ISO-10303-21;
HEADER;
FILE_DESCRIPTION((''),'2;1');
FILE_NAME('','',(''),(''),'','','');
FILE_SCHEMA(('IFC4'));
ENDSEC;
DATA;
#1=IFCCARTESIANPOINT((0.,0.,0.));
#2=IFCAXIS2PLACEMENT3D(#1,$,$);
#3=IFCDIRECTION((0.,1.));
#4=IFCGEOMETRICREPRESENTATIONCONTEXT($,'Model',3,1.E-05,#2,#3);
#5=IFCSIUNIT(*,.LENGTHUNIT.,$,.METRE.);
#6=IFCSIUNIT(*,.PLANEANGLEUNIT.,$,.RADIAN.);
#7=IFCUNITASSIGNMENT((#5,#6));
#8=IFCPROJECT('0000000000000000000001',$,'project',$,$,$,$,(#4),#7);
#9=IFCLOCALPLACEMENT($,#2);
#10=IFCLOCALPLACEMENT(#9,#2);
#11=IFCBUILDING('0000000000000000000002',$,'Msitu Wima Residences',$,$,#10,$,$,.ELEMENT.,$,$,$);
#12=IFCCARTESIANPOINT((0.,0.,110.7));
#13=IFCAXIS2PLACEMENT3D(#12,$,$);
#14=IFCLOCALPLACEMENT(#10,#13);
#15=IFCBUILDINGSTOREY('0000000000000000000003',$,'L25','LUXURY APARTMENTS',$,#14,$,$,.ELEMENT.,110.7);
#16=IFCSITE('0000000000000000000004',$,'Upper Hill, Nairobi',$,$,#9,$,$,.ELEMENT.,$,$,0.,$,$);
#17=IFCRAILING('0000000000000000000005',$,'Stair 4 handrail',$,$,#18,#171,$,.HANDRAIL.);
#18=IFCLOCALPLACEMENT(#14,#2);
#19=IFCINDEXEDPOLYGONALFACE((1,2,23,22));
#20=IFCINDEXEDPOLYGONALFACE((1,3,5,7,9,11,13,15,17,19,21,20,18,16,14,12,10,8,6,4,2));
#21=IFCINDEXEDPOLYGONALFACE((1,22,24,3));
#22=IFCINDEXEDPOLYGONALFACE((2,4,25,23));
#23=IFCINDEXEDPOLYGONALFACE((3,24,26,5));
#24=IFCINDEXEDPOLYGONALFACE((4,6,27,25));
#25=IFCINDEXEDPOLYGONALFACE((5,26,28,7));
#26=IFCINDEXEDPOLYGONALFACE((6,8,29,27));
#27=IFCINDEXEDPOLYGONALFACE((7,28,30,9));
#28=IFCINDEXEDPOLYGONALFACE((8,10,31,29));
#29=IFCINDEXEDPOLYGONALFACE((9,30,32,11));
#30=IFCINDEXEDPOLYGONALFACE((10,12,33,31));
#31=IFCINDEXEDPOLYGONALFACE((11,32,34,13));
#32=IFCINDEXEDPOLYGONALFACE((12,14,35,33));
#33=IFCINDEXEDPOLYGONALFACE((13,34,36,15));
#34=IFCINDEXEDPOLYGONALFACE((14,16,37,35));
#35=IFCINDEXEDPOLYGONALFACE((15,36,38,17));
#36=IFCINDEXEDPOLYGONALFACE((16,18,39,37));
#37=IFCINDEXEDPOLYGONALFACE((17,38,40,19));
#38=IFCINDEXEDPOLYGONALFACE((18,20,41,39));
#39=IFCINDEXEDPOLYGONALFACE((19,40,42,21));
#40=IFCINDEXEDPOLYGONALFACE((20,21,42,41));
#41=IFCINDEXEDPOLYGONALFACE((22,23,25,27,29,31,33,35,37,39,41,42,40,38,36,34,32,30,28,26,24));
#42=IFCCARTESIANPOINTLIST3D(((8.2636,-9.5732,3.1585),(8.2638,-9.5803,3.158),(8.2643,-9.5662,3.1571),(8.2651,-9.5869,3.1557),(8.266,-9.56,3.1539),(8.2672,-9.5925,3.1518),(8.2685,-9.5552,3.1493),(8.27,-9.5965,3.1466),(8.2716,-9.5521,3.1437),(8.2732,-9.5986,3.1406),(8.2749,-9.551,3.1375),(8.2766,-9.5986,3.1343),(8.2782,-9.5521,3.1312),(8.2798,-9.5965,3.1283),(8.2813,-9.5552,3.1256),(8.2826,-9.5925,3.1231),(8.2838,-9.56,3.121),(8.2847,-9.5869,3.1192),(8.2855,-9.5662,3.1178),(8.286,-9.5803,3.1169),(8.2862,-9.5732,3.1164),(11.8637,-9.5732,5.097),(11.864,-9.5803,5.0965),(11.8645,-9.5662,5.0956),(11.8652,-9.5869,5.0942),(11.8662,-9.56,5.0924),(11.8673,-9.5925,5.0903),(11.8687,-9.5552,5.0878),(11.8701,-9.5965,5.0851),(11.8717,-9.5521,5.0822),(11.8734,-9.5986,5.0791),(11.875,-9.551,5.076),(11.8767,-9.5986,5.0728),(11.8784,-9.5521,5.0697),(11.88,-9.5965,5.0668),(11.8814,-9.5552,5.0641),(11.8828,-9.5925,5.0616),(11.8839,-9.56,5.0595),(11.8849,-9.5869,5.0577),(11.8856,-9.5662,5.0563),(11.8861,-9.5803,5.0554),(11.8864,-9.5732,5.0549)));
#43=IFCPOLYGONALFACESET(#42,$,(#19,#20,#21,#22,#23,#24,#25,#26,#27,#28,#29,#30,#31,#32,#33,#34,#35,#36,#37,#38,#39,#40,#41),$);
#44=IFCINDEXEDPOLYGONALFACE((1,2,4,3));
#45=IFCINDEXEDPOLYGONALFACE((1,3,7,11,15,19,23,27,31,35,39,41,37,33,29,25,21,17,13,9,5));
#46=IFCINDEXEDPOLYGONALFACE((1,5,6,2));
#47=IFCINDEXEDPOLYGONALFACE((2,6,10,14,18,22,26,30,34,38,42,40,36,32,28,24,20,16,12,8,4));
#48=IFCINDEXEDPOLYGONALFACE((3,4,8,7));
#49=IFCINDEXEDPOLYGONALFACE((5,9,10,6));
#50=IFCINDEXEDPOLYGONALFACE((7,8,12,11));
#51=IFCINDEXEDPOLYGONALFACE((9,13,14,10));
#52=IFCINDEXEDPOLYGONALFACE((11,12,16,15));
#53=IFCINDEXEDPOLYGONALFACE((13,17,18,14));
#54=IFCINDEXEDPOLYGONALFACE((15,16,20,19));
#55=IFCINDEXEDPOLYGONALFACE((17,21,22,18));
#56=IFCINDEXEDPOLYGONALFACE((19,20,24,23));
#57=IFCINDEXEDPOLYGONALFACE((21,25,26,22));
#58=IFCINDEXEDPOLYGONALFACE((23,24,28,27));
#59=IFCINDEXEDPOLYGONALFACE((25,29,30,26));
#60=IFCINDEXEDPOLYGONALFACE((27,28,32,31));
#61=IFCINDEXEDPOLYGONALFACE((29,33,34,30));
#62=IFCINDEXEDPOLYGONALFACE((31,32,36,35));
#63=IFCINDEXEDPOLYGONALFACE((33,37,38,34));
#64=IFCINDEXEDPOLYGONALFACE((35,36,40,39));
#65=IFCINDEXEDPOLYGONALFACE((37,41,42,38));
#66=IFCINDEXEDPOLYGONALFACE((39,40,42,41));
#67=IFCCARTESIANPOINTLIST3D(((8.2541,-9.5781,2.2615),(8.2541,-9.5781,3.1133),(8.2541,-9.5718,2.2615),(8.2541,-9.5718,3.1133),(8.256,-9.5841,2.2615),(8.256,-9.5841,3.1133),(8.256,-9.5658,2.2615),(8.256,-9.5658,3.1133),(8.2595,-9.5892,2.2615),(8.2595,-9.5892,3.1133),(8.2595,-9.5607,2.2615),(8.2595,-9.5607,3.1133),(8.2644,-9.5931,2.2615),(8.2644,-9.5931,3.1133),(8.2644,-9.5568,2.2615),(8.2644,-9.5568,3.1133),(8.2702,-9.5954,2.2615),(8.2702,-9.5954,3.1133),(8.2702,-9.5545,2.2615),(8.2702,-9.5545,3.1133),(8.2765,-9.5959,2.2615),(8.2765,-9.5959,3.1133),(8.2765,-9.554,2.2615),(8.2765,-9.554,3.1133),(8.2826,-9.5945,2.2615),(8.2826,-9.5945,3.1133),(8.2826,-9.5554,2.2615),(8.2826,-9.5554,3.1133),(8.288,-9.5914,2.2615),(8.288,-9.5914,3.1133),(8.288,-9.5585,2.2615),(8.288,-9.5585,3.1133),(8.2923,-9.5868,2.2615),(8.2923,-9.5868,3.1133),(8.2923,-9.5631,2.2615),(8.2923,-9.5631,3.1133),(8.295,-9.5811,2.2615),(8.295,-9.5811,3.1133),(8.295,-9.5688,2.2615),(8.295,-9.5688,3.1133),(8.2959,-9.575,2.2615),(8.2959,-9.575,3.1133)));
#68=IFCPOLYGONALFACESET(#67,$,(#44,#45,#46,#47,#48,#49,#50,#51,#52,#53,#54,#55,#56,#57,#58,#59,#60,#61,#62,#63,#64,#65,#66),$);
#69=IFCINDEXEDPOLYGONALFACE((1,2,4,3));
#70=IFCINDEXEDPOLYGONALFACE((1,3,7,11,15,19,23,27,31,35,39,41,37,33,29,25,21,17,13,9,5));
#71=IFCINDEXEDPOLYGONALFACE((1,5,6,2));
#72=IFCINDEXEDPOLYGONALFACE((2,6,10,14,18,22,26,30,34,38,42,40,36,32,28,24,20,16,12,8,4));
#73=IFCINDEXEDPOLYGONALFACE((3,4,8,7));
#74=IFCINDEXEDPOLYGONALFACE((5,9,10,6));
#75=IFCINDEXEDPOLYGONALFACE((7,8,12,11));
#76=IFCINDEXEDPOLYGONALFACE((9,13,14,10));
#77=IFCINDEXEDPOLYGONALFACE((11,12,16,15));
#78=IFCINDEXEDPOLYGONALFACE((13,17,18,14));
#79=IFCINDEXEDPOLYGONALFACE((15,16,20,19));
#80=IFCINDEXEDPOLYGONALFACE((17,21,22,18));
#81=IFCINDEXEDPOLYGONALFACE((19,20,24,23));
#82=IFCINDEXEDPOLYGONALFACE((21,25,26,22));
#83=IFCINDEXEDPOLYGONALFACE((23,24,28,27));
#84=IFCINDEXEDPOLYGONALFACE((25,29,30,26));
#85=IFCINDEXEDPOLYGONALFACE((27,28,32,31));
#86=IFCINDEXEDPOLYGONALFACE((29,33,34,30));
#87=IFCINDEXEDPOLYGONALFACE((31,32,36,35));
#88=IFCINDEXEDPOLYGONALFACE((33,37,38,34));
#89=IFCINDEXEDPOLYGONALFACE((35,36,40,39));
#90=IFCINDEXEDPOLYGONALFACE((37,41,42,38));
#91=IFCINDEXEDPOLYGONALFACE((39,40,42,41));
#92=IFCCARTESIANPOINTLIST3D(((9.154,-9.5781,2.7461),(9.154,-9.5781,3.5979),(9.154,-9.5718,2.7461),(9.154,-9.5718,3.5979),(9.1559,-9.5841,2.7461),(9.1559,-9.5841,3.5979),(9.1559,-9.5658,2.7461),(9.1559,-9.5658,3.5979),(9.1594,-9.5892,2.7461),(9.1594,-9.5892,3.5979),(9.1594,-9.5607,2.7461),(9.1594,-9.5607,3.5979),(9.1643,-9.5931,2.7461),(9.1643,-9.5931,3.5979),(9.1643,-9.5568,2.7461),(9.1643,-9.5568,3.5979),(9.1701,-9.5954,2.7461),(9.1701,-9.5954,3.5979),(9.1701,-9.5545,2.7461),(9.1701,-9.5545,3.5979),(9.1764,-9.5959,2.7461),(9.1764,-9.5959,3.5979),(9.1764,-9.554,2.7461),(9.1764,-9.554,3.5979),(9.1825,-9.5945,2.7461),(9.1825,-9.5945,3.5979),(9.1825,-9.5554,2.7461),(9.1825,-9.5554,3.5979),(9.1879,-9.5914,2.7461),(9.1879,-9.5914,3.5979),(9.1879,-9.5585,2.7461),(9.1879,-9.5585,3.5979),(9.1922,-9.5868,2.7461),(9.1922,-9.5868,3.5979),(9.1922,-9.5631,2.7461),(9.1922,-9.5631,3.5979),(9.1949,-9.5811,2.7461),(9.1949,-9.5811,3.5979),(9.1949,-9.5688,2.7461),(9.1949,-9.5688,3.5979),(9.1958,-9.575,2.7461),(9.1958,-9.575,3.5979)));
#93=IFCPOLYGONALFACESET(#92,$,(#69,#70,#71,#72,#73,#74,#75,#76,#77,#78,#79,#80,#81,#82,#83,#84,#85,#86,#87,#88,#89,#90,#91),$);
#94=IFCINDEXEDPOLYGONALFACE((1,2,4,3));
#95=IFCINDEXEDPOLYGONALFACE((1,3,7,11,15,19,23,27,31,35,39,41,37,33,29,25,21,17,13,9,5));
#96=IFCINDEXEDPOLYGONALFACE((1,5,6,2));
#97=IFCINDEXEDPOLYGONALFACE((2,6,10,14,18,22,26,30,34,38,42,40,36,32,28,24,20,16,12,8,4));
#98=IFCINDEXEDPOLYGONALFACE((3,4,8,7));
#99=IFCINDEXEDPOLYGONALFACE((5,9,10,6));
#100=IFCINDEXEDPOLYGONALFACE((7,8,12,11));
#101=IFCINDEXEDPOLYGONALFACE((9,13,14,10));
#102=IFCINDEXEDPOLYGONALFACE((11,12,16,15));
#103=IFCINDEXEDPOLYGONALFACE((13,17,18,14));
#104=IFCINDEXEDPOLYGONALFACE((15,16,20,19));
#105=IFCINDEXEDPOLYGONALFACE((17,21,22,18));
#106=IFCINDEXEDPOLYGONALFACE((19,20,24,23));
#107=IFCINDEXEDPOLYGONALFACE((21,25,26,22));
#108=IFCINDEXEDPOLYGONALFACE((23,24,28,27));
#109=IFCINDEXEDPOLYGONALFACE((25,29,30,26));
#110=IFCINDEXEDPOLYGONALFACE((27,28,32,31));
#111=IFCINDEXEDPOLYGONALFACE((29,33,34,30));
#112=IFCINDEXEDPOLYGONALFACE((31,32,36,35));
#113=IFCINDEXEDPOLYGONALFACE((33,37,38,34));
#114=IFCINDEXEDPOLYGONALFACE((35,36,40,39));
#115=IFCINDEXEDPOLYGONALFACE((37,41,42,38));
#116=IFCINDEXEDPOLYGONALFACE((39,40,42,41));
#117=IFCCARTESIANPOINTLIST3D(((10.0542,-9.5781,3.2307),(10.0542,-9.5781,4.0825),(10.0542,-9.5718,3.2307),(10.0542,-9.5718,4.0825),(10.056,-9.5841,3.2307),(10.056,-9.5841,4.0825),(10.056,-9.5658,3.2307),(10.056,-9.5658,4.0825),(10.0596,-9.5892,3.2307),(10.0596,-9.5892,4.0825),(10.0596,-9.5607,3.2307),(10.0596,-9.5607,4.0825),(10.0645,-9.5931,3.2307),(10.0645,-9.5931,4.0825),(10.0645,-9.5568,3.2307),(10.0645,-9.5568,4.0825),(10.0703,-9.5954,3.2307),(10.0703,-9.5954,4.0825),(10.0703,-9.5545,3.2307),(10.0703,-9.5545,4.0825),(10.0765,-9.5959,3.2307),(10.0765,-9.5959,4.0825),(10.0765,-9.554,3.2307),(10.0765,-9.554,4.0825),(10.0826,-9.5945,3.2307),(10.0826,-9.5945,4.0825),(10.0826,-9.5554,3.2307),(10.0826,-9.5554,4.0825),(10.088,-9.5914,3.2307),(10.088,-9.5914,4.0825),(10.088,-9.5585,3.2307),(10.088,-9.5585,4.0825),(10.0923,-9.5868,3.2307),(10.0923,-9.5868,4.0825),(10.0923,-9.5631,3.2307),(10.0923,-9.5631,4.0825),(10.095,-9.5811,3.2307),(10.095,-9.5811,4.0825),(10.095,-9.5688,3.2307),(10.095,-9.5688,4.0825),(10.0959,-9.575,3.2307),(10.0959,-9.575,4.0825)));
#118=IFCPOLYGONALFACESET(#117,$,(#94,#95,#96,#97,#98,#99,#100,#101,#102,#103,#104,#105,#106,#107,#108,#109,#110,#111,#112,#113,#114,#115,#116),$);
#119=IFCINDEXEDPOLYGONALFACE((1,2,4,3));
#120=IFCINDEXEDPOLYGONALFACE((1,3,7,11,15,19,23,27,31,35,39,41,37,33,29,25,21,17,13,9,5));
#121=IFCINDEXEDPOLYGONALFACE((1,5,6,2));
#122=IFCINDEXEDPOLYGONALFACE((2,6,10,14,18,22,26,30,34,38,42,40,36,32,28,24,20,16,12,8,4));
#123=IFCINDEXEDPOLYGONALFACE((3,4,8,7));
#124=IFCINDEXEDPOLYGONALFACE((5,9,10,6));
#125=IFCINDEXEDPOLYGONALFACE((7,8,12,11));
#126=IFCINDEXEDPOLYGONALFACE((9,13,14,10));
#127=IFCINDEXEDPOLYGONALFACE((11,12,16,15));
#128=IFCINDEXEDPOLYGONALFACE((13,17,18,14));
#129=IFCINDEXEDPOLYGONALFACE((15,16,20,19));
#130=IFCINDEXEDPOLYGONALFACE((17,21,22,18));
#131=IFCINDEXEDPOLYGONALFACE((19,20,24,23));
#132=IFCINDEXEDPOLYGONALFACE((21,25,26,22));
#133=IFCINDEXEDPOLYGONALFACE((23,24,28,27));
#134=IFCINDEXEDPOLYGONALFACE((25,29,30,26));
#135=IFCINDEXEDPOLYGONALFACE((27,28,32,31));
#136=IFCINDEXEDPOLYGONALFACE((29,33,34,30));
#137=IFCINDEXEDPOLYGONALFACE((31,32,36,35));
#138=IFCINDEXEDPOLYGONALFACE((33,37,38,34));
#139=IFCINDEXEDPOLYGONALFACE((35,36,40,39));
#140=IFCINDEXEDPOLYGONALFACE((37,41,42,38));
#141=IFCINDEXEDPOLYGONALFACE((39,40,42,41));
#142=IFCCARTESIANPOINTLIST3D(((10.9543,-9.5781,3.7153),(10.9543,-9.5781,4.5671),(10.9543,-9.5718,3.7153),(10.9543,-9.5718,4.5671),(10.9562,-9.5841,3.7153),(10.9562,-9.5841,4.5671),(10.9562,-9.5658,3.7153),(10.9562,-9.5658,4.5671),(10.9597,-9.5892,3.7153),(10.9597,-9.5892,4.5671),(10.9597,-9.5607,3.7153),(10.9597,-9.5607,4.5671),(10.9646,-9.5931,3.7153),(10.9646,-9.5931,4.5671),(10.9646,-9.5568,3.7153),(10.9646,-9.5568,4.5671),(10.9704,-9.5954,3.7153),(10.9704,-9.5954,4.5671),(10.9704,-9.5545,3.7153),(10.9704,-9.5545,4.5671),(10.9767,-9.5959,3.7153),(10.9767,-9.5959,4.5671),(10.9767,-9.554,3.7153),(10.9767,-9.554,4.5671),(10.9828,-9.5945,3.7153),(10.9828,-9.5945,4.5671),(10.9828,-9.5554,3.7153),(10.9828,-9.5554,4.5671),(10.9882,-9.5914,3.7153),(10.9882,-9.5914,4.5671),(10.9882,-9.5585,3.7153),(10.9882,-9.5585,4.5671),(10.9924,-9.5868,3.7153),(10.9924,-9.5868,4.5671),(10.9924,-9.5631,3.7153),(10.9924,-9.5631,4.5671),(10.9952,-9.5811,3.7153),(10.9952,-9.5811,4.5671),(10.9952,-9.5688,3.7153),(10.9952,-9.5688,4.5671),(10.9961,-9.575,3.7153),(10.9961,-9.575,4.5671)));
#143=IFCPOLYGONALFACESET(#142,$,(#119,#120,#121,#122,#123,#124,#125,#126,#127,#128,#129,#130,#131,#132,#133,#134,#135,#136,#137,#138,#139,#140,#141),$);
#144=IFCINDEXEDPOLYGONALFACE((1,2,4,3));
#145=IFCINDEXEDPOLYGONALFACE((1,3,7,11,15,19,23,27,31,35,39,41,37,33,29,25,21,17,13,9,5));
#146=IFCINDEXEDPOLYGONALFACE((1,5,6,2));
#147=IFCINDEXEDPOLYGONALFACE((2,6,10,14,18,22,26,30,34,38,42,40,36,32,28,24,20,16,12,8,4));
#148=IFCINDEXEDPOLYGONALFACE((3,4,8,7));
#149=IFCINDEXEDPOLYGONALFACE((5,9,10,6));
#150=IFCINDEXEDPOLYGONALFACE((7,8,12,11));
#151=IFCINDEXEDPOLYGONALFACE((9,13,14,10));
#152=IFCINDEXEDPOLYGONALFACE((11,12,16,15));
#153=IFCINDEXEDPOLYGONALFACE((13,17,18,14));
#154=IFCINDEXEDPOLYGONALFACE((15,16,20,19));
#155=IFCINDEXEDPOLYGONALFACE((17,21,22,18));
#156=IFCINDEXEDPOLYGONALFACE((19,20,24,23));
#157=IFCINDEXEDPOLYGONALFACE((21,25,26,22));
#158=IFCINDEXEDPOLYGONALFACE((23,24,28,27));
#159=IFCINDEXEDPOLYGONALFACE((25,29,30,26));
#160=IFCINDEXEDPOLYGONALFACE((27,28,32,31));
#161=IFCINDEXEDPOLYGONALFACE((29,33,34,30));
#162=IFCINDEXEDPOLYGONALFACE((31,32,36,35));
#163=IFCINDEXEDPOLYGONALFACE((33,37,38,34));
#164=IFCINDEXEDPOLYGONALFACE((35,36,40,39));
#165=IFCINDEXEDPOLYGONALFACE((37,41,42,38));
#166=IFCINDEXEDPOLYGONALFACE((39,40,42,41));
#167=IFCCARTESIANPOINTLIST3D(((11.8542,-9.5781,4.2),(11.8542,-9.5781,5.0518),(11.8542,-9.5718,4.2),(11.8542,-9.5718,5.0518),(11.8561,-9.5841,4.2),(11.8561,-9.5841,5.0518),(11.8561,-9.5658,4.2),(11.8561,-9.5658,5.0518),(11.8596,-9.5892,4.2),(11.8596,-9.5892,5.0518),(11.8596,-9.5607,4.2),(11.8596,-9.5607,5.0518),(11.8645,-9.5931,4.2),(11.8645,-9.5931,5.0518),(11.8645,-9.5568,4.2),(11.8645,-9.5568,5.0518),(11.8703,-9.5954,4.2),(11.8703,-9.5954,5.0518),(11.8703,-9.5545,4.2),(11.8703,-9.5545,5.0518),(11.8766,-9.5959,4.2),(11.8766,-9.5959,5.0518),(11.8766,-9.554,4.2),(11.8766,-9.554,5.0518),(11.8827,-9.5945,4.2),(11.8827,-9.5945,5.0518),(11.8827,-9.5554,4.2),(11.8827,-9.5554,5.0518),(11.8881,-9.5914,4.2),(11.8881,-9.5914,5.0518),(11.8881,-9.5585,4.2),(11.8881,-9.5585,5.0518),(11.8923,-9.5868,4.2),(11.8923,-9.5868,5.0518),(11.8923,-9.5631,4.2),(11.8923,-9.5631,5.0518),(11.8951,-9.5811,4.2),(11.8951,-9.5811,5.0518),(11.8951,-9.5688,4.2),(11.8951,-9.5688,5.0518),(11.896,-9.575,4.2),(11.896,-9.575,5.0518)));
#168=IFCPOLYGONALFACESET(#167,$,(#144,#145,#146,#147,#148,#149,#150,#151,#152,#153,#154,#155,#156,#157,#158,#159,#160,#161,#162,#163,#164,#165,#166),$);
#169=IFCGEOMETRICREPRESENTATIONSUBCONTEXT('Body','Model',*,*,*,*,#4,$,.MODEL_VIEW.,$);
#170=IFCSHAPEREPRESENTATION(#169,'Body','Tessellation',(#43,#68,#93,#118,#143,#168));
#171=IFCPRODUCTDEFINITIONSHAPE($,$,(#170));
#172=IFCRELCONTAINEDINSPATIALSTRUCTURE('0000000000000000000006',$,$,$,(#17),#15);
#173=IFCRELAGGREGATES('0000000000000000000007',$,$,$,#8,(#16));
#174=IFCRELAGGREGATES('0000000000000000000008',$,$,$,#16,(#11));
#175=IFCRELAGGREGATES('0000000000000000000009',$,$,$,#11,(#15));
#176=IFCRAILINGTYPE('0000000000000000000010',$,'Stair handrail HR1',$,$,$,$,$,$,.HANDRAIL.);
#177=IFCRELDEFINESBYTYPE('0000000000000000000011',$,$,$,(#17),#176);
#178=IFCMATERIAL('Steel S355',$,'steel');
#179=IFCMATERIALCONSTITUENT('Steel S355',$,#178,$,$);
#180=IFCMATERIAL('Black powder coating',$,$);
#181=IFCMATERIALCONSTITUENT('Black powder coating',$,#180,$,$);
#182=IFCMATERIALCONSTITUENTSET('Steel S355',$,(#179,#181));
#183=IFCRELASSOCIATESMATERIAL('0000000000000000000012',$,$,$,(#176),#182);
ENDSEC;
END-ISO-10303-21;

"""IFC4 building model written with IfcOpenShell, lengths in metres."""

from ifc_helpers import new_model, si_unit, direction, frame, origin, origin_2d, place, context, subcontext, project, spatial, circle, extrude, material, constituent, constituent_set, type_object, element, save


model = new_model("IFC4")

# Units and contexts
model_context = context("Model", 3, precision=1e-05, world=origin(), true_north=direction((0.0, 1.0)))
body_context = subcontext(model_context, "Body", "Model", "MODEL_VIEW")
ifc_project = project(units=[si_unit("LENGTHUNIT", "METRE"), si_unit("PLANEANGLEUNIT", "RADIAN")], contexts=[model_context])

# Site, building, storey
site_placement = place(None, origin())
site = spatial("IfcSite", under=ifc_project, at=site_placement, Name="Upper Hill, Nairobi", CompositionType="ELEMENT", RefElevation=0.0)
building_placement = place(site_placement, origin())
building = spatial("IfcBuilding", under=site, at=building_placement, Name="Msitu Wima Residences", CompositionType="ELEMENT")
storey_placement = place(building_placement, frame((0.0, 0.0, 110.7)))
storey = spatial("IfcBuildingStorey", under=building, at=storey_placement, Name="L25", Description="LUXURY APARTMENTS", CompositionType="ELEMENT", Elevation=110.7)

# Railing
ifc_material_1 = material(Name="Steel S355", Category="steel")
ifc_constituent_1 = constituent(ifc_material_1, Name="Steel S355")
ifc_material_2 = material(Name="Black powder coating")
ifc_constituent_2 = constituent(ifc_material_2, Name="Black powder coating")
ifc_constituent_set = constituent_set(constituents=[ifc_constituent_1, ifc_constituent_2], Name="Steel S355")
railing_type = type_object("IfcRailingType", Name="Stair handrail HR1", PredefinedType="HANDRAIL", material=ifc_constituent_set)
for number, where, name in (
    (1, (8.2749, -9.575, 2.2615), "Stair 4 handrail"),
):
    element("IfcRailing", number, at=place(storey_placement, frame(where)), inside=storey, type_object=railing_type, Name=name, PredefinedType="HANDRAIL", context=body_context, shape_type="SweptSolid", body=[
        extrude(circle(Radius=0.0239, at=origin_2d()), frame((0.0, 0.0, 0.876), z_axis=(0.880475, 0.0, 0.474093), x_axis=(0.0, 1.0, 0.0)), (0.0, 0.0, 1.0), 4.0889),
        extrude(circle(Radius=0.021, at=origin_2d()), origin(), (0.0, 0.0, 1.0), 0.8518),
        extrude(circle(Radius=0.021, at=origin_2d()), frame((0.8999, 0.0, 0.4846)), (0.0, 0.0, 1.0), 0.8518),
        extrude(circle(Radius=0.021, at=origin_2d()), frame((1.8, 0.0, 0.9692)), (0.0, 0.0, 1.0), 0.8518),
        extrude(circle(Radius=0.021, at=origin_2d()), frame((2.7002, 0.0, 1.4539)), (0.0, 0.0, 1.0), 0.8518),
        extrude(circle(Radius=0.021, at=origin_2d()), frame((3.6001, 0.0, 1.9385)), (0.0, 0.0, 1.0), 0.8518),
    ])

save(model, "model.ifc")
